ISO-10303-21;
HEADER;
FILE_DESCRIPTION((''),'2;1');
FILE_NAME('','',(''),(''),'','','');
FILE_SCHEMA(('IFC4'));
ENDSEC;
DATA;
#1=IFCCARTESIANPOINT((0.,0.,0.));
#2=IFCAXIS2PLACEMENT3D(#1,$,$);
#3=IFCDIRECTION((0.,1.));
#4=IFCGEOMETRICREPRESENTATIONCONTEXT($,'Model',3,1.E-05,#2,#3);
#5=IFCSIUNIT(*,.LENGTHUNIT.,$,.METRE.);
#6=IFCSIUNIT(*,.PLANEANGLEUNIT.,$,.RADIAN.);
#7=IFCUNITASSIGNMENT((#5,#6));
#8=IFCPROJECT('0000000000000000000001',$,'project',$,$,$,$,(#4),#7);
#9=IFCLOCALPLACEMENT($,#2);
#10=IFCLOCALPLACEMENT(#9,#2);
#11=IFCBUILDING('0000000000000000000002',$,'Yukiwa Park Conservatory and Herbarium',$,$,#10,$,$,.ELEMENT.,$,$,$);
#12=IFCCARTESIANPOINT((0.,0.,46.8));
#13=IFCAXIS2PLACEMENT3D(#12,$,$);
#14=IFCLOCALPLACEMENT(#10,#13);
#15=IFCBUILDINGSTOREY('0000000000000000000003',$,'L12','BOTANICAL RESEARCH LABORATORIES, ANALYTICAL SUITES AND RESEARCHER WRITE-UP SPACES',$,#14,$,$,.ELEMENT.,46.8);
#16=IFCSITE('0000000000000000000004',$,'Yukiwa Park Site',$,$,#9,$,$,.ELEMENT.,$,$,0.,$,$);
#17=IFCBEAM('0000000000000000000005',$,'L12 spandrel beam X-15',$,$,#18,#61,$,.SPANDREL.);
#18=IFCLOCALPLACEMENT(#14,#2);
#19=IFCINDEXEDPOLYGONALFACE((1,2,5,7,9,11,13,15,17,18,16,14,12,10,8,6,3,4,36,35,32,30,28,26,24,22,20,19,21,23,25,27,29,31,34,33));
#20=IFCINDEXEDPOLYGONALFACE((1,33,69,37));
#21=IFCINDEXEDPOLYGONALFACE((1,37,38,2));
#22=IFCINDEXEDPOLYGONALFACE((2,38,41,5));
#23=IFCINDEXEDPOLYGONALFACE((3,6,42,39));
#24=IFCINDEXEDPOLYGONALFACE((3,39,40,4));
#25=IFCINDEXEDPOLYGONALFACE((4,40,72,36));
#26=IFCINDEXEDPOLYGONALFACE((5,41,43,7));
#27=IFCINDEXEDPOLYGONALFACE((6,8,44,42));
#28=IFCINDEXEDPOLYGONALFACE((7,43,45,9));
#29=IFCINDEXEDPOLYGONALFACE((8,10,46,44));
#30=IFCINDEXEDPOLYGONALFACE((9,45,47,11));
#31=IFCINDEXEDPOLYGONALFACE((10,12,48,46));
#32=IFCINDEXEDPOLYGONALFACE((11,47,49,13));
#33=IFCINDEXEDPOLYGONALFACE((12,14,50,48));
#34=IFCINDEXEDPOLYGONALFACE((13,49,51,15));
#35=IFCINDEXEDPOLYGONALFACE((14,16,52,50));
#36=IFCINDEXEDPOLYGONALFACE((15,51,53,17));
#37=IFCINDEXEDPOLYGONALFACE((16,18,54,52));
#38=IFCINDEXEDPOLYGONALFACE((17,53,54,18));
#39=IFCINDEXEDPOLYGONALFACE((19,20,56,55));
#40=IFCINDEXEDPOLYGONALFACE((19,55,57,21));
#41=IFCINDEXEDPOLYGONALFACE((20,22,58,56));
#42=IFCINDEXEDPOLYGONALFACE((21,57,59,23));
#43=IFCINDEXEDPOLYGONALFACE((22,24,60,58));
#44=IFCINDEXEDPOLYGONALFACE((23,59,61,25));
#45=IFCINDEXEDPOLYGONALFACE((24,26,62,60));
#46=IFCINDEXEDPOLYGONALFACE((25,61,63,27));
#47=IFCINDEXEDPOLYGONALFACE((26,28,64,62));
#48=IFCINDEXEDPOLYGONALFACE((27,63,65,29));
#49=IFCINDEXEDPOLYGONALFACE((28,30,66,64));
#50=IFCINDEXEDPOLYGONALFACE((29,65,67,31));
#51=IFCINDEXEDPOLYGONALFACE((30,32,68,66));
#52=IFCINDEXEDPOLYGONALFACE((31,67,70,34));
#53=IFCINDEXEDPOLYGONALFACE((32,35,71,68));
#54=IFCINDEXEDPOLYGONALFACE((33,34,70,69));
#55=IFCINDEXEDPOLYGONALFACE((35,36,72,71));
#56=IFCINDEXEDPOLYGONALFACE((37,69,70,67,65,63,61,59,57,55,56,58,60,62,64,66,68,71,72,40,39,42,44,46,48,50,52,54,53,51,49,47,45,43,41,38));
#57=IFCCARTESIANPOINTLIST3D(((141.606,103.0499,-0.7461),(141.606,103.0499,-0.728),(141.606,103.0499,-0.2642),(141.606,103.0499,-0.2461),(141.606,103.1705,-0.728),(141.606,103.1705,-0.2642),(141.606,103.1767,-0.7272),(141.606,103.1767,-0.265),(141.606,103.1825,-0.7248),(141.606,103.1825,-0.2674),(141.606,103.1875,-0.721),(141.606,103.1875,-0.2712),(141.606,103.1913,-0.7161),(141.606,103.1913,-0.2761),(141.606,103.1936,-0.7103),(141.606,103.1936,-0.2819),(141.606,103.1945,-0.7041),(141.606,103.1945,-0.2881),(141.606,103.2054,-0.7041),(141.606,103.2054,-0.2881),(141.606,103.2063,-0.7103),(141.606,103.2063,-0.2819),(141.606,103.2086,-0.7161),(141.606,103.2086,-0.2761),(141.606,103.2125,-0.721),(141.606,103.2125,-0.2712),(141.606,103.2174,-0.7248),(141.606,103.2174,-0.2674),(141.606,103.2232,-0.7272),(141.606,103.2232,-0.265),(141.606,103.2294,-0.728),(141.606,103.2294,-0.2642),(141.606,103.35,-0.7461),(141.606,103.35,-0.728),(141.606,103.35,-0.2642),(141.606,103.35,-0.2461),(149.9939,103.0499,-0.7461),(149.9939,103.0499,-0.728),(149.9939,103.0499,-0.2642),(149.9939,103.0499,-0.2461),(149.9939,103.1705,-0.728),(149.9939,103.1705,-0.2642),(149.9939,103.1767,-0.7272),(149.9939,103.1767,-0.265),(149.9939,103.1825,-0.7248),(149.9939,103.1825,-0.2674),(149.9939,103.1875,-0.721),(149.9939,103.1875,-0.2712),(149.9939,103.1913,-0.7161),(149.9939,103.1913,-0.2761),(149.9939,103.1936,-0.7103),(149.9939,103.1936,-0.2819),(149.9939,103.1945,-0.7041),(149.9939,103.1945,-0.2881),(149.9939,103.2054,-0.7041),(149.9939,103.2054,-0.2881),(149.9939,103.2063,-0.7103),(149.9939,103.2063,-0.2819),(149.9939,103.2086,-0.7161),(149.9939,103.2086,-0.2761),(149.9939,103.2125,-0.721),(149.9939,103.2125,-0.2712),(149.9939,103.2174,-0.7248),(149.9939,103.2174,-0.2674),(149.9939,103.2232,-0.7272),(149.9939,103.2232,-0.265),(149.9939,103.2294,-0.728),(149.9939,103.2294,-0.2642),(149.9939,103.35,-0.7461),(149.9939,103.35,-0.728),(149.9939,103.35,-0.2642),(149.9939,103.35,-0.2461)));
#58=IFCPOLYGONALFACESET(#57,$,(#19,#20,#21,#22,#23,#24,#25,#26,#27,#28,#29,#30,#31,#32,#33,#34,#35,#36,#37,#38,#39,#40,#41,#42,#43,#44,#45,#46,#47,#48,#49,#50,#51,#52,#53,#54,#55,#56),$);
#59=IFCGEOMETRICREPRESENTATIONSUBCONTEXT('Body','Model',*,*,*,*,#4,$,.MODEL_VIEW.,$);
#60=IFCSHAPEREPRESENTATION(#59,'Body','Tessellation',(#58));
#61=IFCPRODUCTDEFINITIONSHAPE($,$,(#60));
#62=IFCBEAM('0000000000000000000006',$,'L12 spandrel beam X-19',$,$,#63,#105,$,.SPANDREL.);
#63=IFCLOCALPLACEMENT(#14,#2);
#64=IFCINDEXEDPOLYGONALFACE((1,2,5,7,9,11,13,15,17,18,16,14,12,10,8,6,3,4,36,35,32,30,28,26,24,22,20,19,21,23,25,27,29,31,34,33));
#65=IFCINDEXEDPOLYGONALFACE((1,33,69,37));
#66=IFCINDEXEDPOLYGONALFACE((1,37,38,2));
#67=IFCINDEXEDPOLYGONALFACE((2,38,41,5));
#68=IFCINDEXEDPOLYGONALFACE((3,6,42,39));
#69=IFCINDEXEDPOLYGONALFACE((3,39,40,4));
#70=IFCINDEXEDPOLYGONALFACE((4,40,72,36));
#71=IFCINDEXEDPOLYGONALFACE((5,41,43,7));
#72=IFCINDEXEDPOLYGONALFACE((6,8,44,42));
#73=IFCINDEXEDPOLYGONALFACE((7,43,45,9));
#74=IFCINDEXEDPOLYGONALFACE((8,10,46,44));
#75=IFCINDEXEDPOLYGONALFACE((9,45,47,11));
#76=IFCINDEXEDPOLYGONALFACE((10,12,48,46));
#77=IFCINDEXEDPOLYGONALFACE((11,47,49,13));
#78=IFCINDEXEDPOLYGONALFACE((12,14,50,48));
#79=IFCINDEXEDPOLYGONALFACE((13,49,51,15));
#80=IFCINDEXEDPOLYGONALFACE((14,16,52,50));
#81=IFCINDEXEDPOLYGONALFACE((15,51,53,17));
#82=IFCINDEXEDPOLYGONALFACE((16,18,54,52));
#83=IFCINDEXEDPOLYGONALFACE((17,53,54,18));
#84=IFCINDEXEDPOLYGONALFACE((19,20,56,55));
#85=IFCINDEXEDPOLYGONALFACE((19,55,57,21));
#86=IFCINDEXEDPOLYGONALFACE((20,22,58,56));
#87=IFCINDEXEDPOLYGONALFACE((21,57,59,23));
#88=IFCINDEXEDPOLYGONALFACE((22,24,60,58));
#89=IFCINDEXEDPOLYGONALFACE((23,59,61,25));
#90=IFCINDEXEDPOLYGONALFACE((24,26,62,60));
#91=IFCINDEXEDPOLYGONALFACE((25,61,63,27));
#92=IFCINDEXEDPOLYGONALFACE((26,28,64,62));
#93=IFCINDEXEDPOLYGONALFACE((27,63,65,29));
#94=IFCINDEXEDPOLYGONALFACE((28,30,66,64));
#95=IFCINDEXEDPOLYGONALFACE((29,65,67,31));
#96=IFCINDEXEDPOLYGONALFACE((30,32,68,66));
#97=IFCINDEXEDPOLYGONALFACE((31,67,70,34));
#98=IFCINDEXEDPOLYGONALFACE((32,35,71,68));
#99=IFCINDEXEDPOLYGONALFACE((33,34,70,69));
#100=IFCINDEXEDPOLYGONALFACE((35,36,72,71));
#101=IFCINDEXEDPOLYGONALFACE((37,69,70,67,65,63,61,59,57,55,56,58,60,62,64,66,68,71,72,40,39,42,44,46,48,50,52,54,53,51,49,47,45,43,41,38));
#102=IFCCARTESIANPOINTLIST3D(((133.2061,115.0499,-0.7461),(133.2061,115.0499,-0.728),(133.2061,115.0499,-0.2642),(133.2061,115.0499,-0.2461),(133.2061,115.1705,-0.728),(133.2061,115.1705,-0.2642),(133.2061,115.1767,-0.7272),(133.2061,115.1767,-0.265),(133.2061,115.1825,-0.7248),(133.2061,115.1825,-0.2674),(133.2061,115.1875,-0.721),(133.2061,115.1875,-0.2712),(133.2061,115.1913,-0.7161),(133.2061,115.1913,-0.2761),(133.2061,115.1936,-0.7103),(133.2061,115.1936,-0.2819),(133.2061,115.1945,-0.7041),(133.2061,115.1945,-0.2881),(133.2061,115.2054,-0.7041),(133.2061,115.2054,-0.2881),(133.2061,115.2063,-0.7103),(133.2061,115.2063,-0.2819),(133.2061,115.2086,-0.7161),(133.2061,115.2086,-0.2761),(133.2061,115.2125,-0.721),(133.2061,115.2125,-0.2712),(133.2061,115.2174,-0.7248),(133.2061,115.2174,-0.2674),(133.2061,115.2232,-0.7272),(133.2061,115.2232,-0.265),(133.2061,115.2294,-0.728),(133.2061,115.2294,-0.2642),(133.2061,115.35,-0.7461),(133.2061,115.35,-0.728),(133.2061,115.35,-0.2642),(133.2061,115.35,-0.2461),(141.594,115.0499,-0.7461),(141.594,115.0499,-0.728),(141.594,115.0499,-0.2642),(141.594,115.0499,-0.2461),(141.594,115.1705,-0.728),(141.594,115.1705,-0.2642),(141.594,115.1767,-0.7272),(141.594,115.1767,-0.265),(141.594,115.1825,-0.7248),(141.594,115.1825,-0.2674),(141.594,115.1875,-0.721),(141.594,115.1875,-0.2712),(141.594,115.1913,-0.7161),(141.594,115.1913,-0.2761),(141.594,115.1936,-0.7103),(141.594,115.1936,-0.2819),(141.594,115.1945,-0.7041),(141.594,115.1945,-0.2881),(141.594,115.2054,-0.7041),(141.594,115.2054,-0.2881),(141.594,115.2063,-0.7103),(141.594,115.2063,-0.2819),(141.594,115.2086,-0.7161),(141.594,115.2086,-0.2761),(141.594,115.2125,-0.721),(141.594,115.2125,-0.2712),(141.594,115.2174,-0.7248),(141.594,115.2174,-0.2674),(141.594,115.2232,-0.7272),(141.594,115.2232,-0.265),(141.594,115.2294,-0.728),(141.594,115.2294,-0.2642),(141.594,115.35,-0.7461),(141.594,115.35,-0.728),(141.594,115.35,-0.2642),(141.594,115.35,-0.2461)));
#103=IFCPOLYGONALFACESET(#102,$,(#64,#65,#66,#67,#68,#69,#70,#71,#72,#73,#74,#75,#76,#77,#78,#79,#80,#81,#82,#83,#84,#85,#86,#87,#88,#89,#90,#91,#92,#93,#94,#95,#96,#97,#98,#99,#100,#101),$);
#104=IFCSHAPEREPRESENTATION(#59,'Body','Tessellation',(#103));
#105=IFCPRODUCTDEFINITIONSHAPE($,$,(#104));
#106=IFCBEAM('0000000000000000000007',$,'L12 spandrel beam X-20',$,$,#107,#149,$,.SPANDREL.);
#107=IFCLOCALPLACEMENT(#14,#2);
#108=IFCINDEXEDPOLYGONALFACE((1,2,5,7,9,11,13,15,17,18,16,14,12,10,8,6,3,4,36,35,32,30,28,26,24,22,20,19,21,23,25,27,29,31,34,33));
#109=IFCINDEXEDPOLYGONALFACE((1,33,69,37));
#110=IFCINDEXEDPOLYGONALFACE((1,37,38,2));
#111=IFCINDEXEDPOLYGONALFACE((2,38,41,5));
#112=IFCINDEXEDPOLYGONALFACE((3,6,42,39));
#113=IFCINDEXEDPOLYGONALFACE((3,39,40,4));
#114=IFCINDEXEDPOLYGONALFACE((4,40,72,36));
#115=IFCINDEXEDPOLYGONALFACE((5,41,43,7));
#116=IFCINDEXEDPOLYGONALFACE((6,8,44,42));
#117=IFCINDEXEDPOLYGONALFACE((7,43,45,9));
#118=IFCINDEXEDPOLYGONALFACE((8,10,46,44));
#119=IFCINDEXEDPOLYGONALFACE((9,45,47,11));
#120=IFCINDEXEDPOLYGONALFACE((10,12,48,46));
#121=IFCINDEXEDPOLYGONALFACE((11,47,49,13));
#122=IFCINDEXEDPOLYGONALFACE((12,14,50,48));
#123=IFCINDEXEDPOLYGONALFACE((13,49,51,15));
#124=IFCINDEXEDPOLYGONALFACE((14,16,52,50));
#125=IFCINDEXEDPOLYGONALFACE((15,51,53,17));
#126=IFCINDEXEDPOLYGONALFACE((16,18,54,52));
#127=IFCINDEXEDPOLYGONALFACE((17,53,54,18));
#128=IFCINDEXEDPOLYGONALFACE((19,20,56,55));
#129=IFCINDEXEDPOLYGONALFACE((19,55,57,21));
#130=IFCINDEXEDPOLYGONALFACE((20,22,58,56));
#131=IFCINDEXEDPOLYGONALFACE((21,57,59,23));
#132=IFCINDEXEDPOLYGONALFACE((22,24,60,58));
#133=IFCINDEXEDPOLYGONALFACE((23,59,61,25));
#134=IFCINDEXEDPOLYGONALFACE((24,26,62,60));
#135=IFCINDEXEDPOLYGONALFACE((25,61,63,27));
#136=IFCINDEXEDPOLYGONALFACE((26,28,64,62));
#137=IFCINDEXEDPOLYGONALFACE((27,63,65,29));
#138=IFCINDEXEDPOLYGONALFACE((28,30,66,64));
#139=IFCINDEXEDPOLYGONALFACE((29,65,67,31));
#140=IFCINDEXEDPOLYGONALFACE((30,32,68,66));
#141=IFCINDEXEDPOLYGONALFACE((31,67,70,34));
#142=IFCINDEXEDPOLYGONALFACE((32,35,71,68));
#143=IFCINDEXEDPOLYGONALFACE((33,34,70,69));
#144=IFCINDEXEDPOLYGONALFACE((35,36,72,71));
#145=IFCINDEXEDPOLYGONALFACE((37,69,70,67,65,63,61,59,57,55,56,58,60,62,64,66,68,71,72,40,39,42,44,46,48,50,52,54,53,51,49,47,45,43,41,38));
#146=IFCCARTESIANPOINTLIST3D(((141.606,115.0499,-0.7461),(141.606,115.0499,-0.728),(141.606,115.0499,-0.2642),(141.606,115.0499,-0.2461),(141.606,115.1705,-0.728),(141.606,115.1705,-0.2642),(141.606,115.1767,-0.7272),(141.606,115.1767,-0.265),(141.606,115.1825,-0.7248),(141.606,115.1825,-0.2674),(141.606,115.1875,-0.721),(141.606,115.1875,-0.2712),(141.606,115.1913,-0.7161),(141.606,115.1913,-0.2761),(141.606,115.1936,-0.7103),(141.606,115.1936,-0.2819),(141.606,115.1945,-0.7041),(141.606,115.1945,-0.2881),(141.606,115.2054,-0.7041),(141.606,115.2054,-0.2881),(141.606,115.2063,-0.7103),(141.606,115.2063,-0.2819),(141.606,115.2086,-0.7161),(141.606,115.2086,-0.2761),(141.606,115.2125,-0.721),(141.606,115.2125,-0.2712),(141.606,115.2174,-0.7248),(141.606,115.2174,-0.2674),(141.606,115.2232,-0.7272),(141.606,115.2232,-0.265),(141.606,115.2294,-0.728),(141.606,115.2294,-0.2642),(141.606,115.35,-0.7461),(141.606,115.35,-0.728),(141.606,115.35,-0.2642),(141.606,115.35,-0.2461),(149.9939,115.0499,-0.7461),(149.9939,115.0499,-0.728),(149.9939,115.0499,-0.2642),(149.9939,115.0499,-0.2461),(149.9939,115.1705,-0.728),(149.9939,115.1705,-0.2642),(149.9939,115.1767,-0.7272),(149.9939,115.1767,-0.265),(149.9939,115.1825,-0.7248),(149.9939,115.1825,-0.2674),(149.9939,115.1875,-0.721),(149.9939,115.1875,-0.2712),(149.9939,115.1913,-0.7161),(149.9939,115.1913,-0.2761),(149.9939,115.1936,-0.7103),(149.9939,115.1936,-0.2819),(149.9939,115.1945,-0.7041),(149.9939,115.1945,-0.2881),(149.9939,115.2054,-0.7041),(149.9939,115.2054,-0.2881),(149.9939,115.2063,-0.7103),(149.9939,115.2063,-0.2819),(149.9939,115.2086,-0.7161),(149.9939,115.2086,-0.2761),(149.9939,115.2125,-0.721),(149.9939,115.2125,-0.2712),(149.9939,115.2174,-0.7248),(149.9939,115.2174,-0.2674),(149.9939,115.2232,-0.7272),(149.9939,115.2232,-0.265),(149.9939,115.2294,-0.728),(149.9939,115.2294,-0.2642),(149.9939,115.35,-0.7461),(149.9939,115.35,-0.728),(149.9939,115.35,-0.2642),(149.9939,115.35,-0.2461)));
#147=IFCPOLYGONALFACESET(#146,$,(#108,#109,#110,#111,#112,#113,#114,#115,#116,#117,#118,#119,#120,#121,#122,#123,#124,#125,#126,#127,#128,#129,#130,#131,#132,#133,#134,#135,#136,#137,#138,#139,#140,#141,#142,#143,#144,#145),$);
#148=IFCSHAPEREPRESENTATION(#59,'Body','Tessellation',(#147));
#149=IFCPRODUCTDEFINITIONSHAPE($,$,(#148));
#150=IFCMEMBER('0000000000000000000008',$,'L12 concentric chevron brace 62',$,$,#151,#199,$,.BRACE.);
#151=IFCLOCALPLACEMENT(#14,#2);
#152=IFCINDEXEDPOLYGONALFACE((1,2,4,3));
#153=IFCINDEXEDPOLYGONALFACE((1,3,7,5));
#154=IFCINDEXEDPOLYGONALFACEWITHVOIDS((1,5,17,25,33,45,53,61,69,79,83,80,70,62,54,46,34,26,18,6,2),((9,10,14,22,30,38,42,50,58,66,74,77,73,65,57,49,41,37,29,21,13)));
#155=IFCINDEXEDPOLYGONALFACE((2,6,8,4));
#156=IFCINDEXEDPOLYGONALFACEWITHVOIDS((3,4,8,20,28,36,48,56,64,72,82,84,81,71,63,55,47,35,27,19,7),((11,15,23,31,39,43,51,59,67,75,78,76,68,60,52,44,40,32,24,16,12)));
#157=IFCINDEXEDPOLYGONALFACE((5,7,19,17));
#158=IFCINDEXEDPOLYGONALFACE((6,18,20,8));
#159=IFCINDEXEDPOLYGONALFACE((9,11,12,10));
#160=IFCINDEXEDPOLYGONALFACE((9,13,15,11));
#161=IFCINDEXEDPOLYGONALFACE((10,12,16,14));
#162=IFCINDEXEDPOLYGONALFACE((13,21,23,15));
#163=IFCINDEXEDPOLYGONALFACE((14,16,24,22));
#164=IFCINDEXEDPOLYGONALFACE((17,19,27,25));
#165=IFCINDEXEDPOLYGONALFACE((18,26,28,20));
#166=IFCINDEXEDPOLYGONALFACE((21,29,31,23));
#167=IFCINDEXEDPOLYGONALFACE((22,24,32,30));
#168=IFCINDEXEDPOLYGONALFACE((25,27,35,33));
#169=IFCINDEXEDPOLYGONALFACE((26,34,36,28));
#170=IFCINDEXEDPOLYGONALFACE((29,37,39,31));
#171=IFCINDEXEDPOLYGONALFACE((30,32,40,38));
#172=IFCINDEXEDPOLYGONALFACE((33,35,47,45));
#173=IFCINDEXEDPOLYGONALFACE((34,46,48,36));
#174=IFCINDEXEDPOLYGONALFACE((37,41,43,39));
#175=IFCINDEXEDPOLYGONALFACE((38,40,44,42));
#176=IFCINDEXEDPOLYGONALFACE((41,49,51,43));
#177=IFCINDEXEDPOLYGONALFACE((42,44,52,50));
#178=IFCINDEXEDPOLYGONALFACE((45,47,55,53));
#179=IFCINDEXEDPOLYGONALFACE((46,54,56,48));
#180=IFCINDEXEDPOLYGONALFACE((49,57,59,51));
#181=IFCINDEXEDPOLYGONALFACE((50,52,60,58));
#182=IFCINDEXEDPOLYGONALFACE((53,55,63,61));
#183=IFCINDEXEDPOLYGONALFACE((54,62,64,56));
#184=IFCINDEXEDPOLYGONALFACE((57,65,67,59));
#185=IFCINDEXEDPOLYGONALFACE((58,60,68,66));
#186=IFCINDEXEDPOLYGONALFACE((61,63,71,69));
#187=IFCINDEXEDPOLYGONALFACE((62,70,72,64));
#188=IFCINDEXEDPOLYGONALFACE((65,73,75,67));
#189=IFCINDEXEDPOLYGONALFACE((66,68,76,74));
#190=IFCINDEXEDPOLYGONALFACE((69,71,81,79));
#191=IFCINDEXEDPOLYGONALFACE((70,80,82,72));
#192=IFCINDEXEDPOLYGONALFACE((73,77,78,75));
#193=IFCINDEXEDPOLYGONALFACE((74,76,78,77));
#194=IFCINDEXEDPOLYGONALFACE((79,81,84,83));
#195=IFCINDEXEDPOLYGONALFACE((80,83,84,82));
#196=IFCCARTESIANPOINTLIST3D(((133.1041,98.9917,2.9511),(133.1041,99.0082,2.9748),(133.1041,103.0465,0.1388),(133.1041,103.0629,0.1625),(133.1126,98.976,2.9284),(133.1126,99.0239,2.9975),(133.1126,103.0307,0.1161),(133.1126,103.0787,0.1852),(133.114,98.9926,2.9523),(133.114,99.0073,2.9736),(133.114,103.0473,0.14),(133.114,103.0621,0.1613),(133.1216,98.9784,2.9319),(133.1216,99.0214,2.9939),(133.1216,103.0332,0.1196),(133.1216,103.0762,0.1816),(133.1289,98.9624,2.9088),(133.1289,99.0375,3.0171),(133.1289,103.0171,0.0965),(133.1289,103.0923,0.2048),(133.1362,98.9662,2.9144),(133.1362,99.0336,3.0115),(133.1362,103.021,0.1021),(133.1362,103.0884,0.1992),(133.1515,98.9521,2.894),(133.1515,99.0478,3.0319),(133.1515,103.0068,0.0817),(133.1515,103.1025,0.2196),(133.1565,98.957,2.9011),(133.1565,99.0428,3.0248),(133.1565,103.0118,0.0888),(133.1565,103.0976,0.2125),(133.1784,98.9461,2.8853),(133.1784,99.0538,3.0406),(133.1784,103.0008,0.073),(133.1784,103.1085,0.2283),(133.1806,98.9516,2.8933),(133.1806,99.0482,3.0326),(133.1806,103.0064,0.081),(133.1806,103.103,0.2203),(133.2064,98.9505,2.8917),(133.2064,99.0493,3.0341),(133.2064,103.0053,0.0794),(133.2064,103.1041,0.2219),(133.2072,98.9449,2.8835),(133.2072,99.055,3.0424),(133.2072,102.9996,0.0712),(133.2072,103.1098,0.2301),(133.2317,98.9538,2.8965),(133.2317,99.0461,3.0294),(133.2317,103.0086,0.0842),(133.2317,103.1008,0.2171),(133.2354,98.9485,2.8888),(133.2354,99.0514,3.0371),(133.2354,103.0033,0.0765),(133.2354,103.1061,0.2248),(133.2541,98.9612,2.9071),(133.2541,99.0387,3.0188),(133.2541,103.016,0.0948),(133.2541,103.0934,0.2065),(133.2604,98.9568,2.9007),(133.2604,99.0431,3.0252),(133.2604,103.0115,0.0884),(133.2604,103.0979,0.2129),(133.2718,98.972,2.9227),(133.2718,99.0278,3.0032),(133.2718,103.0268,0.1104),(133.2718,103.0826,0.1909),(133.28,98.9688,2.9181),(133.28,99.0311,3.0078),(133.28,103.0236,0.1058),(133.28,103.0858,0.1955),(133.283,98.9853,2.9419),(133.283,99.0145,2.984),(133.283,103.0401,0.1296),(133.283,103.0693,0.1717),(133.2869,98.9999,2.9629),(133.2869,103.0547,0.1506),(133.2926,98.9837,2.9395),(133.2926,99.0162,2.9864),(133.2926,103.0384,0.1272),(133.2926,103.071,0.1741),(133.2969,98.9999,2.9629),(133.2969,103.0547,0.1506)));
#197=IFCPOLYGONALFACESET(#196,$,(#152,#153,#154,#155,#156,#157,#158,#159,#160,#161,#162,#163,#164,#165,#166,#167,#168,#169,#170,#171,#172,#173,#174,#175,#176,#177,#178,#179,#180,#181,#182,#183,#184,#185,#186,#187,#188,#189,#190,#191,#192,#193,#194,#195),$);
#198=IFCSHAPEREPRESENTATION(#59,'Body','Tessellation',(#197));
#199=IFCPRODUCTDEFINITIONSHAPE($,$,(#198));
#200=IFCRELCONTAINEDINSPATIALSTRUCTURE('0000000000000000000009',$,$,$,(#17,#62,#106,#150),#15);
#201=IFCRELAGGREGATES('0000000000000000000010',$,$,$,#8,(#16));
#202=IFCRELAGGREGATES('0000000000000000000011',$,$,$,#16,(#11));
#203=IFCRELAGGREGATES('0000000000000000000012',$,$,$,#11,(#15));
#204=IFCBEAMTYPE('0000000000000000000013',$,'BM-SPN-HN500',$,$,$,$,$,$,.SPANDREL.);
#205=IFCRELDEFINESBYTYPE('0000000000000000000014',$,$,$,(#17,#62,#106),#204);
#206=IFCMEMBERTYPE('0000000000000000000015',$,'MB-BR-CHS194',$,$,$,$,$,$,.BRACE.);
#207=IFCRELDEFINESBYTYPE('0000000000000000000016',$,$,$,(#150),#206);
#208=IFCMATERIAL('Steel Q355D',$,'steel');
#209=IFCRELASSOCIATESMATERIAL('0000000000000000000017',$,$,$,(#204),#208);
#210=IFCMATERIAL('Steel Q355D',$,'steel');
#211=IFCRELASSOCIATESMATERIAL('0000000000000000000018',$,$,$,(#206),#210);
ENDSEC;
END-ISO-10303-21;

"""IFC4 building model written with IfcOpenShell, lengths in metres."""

from ifc_helpers import new_model, si_unit, direction, frame, origin, origin_2d, place, context, subcontext, project, spatial, hollow_circle, i_section, extrude, material, material_profile, profile_set, type_object, element, save


model = new_model("IFC4")

# Units and contexts
model_context = context("Model", 3, precision=1e-05, world=origin(), true_north=direction((0.0, 1.0)))
body_context = subcontext(model_context, "Body", "Model", "MODEL_VIEW")
ifc_project = project(units=[si_unit("LENGTHUNIT", "METRE"), si_unit("PLANEANGLEUNIT", "RADIAN")], contexts=[model_context])

# Site, building, storey
site_placement = place(None, origin())
site = spatial("IfcSite", under=ifc_project, at=site_placement, Name="Yukiwa Park Site", CompositionType="ELEMENT", RefElevation=0.0)
building_placement = place(site_placement, origin())
building = spatial("IfcBuilding", under=site, at=building_placement, Name="Yukiwa Park Conservatory and Herbarium", CompositionType="ELEMENT")
storey_placement = place(building_placement, frame((0.0, 0.0, 46.8)))
storey = spatial("IfcBuildingStorey", under=building, at=storey_placement, Name="L12", Description="BOTANICAL RESEARCH LABORATORIES, ANALYTICAL SUITES AND RESEARCHER WRITE-UP SPACES", CompositionType="ELEMENT", Elevation=46.8)

# Beams
ifc_material_1 = material(Name="Steel Q355D", Category="steel")
ifc_material_profile_1 = material_profile(ifc_material_1, i_section(OverallWidth=0.3, OverallDepth=0.5, WebThickness=0.011, FlangeThickness=0.0181, FilletRadius=0.0239, at=origin_2d()), Name="HM 500x300x11x18")
ifc_profile_set_1 = profile_set([ifc_material_profile_1], Name="Steel Q355D")
beam_type_1 = type_object("IfcBeamType", Name="BM-SPN-HN500", PredefinedType="SPANDREL", material=ifc_profile_set_1)
for number, where, z_axis, x_axis, name in (
    (1, (141.606, 103.2, -0.4961), (1.0, 0.0, 0.0), (0.0, 1.0, 0.0), "L12 spandrel beam X-15"),
    (2, (133.2061, 115.2, -0.4961), (1.0, 0.0, 0.0), (0.0, 1.0, 0.0), "L12 spandrel beam X-19"),
    (3, (141.606, 115.2, -0.4961), (1.0, 0.0, 0.0), (0.0, 1.0, 0.0), "L12 spandrel beam X-20"),
):
    element("IfcBeam", number, at=place(storey_placement, frame(where, z_axis=z_axis, x_axis=x_axis)), inside=storey, type_object=beam_type_1, Name=name, PredefinedType="SPANDREL", context=body_context, shape_type="SweptSolid", body=[
        extrude(i_section(OverallWidth=0.3, OverallDepth=0.5, WebThickness=0.011, FlangeThickness=0.0181, FilletRadius=0.0239, at=origin_2d()), origin(), (0.0, 0.0, 1.0), 8.3879),
    ])

# Member
ifc_material_2 = material(Name="Steel Q355D", Category="steel")
ifc_material_profile_2 = material_profile(ifc_material_2, hollow_circle(Radius=0.0969, WallThickness=0.01, at=origin_2d()), Name="CHS 193.7x10")
ifc_profile_set_2 = profile_set([ifc_material_profile_2], Name="Steel Q355D")
member_type = type_object("IfcMemberType", Name="MB-BR-CHS194", PredefinedType="BRACE", material=ifc_profile_set_2)
member_placement = place(storey_placement, frame((133.2, 103.0547, 0.1506), z_axis=(0.0, -0.821702, 0.569917), x_axis=(1.0, 0.0, 0.0)))
element("IfcMember", 4, at=member_placement, inside=storey, type_object=member_type, Name="L12 concentric chevron brace 62", PredefinedType="BRACE", context=body_context, shape_type="SweptSolid", body=[
    extrude(hollow_circle(Radius=0.0969, WallThickness=0.01, at=origin_2d()), origin(), (0.0, 0.0, 1.0), 4.9346),
])

save(model, "model.ifc")
